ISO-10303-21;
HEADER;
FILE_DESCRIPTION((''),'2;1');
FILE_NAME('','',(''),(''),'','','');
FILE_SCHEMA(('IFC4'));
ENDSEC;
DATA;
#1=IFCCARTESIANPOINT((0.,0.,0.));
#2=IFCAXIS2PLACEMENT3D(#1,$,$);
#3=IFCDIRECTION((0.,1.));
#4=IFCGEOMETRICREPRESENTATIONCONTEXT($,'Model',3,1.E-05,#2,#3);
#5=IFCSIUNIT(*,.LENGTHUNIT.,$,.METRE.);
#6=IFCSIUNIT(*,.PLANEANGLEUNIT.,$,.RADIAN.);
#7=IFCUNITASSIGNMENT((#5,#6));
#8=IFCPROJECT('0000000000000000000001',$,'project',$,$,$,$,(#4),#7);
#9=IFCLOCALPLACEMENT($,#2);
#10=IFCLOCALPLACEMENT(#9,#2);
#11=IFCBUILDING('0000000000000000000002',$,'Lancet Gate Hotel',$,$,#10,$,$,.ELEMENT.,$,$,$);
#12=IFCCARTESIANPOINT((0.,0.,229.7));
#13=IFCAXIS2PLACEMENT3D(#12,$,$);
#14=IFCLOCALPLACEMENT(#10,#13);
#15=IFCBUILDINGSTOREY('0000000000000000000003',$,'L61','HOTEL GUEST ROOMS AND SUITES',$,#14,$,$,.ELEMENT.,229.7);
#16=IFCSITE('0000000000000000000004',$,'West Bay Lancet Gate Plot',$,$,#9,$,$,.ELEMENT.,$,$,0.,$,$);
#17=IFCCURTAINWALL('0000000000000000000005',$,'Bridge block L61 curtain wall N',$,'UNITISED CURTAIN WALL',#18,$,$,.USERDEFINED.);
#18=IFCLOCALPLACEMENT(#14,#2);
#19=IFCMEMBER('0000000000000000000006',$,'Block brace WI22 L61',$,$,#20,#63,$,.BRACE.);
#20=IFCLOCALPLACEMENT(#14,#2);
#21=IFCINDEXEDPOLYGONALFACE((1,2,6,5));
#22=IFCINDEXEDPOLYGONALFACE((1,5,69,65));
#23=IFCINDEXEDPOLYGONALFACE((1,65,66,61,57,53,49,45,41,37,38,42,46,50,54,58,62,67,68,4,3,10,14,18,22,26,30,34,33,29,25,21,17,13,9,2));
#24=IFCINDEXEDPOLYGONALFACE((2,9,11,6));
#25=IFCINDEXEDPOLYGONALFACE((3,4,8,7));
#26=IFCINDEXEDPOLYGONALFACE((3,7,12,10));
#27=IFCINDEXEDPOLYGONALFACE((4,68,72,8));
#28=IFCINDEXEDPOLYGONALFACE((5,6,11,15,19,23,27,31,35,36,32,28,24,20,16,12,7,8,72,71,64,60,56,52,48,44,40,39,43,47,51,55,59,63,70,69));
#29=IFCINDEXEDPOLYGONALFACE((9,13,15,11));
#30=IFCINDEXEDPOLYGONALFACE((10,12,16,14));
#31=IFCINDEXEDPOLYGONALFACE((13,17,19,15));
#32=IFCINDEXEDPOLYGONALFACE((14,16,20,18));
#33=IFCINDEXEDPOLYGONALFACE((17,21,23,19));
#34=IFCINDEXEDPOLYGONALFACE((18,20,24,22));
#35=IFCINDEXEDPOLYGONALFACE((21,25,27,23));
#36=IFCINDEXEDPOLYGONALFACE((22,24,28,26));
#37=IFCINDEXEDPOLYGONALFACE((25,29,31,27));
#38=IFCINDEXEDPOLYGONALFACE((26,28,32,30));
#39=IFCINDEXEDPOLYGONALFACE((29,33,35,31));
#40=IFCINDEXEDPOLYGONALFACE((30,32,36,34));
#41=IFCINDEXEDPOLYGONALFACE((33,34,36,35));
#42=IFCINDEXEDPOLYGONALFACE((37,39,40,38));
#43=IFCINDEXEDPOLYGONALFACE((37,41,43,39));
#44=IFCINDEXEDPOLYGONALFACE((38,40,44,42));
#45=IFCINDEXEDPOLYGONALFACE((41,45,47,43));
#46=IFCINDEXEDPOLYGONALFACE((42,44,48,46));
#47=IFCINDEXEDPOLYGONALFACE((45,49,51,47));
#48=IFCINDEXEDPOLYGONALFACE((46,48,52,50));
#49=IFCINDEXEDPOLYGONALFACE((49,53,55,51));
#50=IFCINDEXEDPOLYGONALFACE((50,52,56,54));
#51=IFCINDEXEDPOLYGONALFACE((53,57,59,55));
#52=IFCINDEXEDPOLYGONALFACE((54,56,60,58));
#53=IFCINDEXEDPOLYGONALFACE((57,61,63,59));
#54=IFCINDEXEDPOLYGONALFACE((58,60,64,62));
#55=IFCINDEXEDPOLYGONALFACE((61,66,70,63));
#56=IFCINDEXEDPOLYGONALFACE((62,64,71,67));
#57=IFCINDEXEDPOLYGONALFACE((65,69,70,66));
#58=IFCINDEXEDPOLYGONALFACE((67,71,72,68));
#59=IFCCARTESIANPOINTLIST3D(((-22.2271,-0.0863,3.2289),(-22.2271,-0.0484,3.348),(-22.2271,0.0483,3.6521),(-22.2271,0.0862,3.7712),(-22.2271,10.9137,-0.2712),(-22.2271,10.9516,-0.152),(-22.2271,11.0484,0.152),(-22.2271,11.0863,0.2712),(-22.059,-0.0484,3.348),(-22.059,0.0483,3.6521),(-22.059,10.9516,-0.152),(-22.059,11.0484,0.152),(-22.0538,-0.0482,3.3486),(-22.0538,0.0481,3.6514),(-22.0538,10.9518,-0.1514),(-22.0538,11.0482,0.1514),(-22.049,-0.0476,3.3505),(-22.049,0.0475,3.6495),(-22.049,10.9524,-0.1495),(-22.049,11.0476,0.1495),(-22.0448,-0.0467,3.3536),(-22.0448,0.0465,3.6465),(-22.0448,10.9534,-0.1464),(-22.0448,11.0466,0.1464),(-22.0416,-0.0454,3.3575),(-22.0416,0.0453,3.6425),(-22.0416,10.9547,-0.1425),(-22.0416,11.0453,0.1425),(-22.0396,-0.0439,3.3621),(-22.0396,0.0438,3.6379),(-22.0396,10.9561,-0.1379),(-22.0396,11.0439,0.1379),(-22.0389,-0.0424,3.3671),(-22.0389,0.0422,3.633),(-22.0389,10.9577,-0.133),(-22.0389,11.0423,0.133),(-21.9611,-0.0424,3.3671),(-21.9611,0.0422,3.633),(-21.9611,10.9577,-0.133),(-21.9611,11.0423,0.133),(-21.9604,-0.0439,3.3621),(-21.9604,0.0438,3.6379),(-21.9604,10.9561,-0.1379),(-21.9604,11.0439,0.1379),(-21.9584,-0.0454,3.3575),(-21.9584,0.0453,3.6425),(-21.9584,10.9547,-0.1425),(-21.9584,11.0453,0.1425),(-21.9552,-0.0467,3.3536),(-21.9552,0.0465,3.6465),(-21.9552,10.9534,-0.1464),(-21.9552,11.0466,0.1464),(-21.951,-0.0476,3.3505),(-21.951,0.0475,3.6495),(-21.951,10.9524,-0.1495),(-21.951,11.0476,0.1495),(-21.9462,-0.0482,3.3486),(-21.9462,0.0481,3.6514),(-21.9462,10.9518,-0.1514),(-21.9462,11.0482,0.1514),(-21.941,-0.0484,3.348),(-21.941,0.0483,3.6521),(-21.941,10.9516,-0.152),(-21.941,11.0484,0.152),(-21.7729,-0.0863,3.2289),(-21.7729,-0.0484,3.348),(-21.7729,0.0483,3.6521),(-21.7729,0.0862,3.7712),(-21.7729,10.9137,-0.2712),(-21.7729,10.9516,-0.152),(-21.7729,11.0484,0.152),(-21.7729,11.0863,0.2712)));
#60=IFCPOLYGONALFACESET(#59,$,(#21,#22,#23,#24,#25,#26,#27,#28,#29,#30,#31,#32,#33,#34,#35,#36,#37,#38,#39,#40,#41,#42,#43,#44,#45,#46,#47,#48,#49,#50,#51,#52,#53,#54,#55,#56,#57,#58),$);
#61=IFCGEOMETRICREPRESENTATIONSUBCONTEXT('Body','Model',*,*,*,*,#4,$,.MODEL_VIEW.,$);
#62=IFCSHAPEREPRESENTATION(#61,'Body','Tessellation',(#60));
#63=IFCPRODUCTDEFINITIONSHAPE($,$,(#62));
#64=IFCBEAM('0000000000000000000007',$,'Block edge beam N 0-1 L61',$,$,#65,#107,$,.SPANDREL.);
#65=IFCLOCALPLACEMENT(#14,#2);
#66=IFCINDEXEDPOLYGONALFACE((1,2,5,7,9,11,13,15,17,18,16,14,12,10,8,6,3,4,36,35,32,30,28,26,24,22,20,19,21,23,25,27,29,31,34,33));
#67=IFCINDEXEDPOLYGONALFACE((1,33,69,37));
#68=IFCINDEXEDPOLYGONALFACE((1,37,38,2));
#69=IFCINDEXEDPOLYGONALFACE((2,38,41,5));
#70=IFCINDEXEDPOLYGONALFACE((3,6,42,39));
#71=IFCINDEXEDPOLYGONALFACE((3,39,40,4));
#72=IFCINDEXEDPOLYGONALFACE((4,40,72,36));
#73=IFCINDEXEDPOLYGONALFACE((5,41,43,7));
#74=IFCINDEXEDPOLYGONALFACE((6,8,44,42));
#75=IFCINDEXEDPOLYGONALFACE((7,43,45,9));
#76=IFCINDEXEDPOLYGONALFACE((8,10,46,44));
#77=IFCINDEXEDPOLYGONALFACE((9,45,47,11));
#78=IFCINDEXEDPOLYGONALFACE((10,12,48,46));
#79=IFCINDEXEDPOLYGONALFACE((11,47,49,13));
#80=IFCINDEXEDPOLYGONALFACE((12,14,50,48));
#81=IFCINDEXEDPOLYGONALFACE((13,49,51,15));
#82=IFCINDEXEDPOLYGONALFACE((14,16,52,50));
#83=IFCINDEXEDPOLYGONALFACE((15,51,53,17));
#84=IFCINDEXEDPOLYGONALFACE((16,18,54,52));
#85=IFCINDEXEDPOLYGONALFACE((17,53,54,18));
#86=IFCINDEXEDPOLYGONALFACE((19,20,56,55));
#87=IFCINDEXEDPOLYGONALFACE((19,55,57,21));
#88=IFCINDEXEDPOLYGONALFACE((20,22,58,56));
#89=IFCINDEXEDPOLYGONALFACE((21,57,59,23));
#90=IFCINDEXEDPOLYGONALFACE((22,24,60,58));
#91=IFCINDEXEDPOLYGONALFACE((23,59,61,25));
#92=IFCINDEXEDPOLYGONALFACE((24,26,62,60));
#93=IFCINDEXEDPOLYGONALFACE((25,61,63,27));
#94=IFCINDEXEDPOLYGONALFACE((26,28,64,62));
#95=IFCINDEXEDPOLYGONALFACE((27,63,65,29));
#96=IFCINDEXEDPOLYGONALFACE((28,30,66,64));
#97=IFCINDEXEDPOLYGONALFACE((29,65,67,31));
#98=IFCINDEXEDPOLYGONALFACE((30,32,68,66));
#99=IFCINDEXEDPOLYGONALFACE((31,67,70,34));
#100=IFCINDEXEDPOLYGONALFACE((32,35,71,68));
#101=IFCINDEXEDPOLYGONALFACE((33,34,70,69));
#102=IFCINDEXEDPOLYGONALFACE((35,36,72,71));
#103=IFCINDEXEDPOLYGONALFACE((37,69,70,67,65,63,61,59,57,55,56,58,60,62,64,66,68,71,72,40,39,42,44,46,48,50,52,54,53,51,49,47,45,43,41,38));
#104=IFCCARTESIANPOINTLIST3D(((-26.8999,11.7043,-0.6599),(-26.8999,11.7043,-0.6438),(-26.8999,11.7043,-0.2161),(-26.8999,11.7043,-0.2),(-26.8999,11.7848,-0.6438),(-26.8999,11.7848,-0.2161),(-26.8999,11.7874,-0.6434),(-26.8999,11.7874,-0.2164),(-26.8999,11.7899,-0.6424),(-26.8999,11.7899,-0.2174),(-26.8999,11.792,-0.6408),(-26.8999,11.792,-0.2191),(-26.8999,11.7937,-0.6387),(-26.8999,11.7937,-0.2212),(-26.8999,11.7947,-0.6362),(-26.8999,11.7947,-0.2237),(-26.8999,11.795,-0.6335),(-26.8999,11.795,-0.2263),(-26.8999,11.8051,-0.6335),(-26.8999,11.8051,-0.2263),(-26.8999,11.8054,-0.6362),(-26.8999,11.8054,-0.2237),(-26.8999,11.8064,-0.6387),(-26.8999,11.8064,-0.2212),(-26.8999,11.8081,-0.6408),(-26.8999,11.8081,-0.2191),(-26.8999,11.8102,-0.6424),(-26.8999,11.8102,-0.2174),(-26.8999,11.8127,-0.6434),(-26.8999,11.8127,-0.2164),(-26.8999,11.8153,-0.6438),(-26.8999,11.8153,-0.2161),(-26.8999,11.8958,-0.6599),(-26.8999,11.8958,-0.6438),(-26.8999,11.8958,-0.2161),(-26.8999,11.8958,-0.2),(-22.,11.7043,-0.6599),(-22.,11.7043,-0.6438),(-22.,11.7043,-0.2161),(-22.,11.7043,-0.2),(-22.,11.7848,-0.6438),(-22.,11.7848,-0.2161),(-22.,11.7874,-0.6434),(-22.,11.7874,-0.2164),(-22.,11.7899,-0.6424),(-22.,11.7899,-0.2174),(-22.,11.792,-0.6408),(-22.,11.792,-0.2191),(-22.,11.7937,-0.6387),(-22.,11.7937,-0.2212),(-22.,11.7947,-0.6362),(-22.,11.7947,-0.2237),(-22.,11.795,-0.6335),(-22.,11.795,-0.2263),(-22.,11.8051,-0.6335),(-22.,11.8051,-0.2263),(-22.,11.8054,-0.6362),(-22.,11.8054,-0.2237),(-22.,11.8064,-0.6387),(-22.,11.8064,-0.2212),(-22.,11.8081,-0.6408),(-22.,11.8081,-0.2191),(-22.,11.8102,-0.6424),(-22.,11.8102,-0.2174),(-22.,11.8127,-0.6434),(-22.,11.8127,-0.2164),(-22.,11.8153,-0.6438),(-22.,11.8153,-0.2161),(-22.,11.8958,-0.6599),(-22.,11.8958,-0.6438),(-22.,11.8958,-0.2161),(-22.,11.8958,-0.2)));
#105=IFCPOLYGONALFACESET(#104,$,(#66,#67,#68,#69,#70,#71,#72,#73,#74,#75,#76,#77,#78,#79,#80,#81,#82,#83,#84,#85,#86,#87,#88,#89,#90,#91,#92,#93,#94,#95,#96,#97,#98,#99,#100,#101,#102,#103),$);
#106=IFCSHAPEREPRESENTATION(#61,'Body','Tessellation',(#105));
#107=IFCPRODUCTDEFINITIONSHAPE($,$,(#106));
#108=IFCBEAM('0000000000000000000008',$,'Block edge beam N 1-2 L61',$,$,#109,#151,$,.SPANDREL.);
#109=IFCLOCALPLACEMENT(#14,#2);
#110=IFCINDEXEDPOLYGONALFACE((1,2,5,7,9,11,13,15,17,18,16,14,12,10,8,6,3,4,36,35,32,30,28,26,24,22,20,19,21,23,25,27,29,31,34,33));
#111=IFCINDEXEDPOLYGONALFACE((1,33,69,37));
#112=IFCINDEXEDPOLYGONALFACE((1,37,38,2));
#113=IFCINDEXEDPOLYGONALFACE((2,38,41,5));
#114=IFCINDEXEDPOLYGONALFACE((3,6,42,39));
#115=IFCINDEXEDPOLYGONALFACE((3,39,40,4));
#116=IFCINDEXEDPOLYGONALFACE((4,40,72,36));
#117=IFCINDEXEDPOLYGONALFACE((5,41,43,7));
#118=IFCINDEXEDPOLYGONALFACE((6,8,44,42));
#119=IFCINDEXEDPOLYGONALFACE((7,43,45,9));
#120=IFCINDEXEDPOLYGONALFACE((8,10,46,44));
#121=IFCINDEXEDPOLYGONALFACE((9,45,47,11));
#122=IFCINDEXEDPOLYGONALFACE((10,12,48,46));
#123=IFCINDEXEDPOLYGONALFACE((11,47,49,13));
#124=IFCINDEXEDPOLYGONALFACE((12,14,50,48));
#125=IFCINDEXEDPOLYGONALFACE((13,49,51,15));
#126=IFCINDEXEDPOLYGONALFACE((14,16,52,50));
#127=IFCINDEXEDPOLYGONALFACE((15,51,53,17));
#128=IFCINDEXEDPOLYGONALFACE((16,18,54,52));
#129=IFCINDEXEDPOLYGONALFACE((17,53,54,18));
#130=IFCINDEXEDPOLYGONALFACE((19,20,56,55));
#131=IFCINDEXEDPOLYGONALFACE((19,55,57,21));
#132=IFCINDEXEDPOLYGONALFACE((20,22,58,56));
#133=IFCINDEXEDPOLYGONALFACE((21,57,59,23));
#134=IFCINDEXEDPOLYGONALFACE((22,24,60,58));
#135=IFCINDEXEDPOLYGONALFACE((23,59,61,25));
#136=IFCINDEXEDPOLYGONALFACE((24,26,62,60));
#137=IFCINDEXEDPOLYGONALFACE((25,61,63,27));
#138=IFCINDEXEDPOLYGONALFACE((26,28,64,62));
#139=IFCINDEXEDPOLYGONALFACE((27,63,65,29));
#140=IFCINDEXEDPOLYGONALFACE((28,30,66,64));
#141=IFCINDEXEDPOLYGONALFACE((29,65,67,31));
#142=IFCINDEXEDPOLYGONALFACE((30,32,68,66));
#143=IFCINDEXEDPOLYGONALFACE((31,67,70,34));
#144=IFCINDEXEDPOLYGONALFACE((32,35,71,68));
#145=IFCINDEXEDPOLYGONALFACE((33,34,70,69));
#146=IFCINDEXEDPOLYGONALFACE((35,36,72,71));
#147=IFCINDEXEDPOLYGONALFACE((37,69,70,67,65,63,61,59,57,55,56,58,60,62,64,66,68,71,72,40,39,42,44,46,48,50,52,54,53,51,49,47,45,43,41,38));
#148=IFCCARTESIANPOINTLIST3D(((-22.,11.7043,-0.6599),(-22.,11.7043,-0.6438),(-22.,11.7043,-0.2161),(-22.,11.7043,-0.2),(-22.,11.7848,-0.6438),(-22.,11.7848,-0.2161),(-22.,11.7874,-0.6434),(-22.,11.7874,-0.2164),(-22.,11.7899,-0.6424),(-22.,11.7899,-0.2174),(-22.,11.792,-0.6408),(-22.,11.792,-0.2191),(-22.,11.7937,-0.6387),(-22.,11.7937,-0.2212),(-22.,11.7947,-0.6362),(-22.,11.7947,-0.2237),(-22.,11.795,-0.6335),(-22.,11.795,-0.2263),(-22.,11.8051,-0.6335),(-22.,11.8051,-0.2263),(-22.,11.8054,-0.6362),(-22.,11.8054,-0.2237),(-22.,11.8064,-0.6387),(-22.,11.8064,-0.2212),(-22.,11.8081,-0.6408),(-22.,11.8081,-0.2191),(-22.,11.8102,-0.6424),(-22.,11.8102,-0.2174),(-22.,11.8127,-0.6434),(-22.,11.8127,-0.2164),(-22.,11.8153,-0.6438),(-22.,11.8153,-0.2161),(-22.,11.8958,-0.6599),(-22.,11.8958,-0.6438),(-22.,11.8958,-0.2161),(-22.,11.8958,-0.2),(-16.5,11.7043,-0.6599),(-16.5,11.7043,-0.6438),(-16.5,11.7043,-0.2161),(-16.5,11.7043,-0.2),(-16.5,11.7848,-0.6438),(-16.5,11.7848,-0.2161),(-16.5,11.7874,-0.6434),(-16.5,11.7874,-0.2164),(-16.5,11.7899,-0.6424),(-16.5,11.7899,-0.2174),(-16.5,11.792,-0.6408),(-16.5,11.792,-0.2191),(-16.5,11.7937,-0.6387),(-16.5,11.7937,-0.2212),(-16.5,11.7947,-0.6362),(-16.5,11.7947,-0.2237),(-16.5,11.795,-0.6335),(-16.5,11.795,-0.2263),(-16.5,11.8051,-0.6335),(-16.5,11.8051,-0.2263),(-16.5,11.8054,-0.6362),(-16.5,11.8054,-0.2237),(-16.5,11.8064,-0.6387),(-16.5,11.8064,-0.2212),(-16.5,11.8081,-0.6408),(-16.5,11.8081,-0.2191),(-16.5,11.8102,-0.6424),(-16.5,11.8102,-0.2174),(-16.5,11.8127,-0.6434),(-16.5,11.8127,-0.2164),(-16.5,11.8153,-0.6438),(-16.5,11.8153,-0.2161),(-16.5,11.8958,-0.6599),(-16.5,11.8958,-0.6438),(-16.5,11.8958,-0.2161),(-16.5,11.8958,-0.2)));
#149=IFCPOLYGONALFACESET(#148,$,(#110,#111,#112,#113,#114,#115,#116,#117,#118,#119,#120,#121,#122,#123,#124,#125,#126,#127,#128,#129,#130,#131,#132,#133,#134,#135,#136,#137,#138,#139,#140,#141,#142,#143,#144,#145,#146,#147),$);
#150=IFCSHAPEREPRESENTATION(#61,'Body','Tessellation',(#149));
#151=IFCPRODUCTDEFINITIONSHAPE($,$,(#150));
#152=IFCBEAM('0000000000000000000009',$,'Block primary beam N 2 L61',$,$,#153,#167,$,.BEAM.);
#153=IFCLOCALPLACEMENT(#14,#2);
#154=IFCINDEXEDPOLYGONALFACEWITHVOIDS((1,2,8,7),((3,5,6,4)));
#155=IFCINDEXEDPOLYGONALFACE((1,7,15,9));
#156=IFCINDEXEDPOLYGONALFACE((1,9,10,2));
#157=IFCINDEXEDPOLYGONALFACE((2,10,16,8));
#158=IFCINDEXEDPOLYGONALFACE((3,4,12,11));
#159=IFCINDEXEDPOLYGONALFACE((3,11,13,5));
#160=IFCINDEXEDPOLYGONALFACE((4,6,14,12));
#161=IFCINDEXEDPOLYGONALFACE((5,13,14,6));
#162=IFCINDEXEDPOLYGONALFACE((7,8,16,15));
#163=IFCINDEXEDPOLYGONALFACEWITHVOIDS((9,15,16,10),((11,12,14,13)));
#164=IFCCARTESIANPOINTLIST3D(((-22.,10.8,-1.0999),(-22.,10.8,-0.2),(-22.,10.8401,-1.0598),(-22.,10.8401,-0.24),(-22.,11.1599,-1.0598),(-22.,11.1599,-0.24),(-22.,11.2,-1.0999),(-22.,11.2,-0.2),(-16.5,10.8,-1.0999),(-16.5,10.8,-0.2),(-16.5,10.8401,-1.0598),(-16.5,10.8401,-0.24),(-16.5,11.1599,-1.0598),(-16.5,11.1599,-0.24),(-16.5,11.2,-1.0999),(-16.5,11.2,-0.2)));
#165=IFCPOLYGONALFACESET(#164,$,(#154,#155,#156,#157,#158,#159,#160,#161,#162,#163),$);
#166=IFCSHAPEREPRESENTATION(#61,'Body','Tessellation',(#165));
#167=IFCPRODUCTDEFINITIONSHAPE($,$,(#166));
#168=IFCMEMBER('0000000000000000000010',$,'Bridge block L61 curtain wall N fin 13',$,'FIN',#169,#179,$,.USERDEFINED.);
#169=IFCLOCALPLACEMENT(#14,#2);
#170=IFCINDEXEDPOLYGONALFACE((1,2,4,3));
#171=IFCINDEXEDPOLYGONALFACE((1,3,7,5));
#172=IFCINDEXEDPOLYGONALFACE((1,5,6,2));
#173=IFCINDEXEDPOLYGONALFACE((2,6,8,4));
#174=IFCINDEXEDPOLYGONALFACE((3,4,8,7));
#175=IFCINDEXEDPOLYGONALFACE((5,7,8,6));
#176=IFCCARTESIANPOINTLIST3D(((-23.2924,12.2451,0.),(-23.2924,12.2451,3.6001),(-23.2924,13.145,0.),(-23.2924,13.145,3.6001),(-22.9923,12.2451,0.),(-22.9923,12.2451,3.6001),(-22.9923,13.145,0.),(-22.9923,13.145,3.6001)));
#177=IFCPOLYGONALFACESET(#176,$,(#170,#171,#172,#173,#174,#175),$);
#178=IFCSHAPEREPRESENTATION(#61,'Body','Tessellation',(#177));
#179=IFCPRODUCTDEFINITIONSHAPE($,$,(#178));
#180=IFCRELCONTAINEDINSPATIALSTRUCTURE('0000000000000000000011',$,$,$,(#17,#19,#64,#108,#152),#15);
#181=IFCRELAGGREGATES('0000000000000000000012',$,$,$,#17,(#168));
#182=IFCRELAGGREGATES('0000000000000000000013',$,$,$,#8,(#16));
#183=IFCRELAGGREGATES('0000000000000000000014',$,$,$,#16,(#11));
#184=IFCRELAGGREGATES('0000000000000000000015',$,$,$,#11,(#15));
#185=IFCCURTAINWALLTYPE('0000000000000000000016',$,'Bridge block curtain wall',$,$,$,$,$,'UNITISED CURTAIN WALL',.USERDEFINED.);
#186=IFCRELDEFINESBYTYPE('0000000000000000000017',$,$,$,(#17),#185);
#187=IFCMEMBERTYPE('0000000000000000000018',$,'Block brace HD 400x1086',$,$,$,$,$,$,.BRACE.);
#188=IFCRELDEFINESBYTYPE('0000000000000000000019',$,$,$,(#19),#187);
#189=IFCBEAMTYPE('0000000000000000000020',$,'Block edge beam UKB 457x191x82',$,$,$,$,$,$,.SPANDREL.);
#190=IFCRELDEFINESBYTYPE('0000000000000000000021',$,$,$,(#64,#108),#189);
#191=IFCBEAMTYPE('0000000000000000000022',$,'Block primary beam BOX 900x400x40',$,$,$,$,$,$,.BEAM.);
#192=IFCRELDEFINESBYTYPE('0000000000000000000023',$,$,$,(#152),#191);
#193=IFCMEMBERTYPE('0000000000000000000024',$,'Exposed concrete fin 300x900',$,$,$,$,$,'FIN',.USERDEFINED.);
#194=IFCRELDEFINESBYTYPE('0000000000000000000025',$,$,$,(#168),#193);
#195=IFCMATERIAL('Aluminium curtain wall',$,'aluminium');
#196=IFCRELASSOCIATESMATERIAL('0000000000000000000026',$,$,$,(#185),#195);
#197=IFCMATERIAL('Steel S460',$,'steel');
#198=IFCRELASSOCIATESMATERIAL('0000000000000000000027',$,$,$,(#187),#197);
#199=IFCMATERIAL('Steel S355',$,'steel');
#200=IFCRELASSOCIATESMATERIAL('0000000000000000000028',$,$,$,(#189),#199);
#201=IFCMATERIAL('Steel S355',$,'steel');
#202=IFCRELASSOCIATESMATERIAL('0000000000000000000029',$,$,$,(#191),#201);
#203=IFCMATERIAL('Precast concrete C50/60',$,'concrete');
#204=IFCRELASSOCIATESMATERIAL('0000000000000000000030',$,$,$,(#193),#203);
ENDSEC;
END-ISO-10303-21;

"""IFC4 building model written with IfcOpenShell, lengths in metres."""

from ifc_helpers import new_model, si_unit, direction, frame, origin, origin_2d, place, context, subcontext, project, spatial, rectangle, hollow_rectangle, i_section, extrude, material, material_profile, profile_set, type_object, element, aggregate, save


model = new_model("IFC4")

# Units and contexts
model_context = context("Model", 3, precision=1e-05, world=origin(), true_north=direction((0.0, 1.0)))
body_context = subcontext(model_context, "Body", "Model", "MODEL_VIEW")
ifc_project = project(units=[si_unit("LENGTHUNIT", "METRE"), si_unit("PLANEANGLEUNIT", "RADIAN")], contexts=[model_context])

# Site, building, storey
site_placement = place(None, origin())
site = spatial("IfcSite", under=ifc_project, at=site_placement, Name="West Bay Lancet Gate Plot", CompositionType="ELEMENT", RefElevation=0.0)
building_placement = place(site_placement, origin())
building = spatial("IfcBuilding", under=site, at=building_placement, Name="Lancet Gate Hotel", CompositionType="ELEMENT")
storey_placement = place(building_placement, frame((0.0, 0.0, 229.7)))
storey = spatial("IfcBuildingStorey", under=building, at=storey_placement, Name="L61", Description="HOTEL GUEST ROOMS AND SUITES", CompositionType="ELEMENT", Elevation=229.7)

# Curtain wall
ifc_material_1 = material(Name="Aluminium curtain wall", Category="aluminium")
curtain_wall_type_1 = type_object("IfcCurtainWallType", Name="Bridge block curtain wall", ElementType="UNITISED CURTAIN WALL", PredefinedType="USERDEFINED", material=ifc_material_1)
curtain_wall_1_placement = place(storey_placement, origin())
curtain_wall_1 = element("IfcCurtainWall", 1, at=curtain_wall_1_placement, inside=storey, type_object=curtain_wall_type_1, Name="Bridge block L61 curtain wall N", ObjectType="UNITISED CURTAIN WALL", PredefinedType="USERDEFINED")

# Member
ifc_material_2 = material(Name="Steel S460", Category="steel")
ifc_material_profile_1 = material_profile(ifc_material_2, i_section(OverallWidth=0.4541, OverallDepth=0.5691, WebThickness=0.0779, FlangeThickness=0.125, FilletRadius=0.02, at=origin_2d()), Name="HD 400x1086")
ifc_profile_set_1 = profile_set([ifc_material_profile_1], Name="Steel S460")
member_type_1 = type_object("IfcMemberType", Name="Block brace HD 400x1086", PredefinedType="BRACE", material=ifc_profile_set_1)
member_1_placement = place(storey_placement, frame((-22.0, 11.0, 0.0), z_axis=(0.0, -0.952926, 0.303204), x_axis=(1.0, 0.0, 0.0)))
element("IfcMember", 2, at=member_1_placement, inside=storey, type_object=member_type_1, Name="Block brace WI22 L61", PredefinedType="BRACE", context=body_context, shape_type="SweptSolid", body=[
    extrude(i_section(OverallWidth=0.4541, OverallDepth=0.5691, WebThickness=0.0779, FlangeThickness=0.125, FilletRadius=0.02, at=origin_2d()), origin(), (0.0, 0.0, 1.0), 11.5435),
])

# Beams
ifc_material_3 = material(Name="Steel S355", Category="steel")
ifc_material_profile_2 = material_profile(ifc_material_3, i_section(OverallWidth=0.1914, OverallDepth=0.46, WebThickness=0.01, FlangeThickness=0.0161, FilletRadius=0.0103, at=origin_2d()), Name="UKB 457x191x82")
ifc_profile_set_2 = profile_set([ifc_material_profile_2], Name="Steel S355")
beam_type_1 = type_object("IfcBeamType", Name="Block edge beam UKB 457x191x82", PredefinedType="SPANDREL", material=ifc_profile_set_2)
beam_1_placement = place(storey_placement, frame((-26.8999, 11.8, -0.4299), z_axis=(1.0, 0.0, 0.0), x_axis=(0.0, 1.0, 0.0)))
element("IfcBeam", 3, at=beam_1_placement, inside=storey, type_object=beam_type_1, Name="Block edge beam N 0-1 L61", PredefinedType="SPANDREL", context=body_context, shape_type="SweptSolid", body=[
    extrude(i_section(OverallWidth=0.1914, OverallDepth=0.46, WebThickness=0.01, FlangeThickness=0.0161, FilletRadius=0.0103, at=origin_2d()), origin(), (0.0, 0.0, 1.0), 4.8999),
])
beam_2_placement = place(storey_placement, frame((-22.0, 11.8, -0.4299), z_axis=(1.0, 0.0, 0.0), x_axis=(0.0, 1.0, 0.0)))
element("IfcBeam", 4, at=beam_2_placement, inside=storey, type_object=beam_type_1, Name="Block edge beam N 1-2 L61", PredefinedType="SPANDREL", context=body_context, shape_type="SweptSolid", body=[
    extrude(i_section(OverallWidth=0.1914, OverallDepth=0.46, WebThickness=0.01, FlangeThickness=0.0161, FilletRadius=0.0103, at=origin_2d()), origin(), (0.0, 0.0, 1.0), 5.5),
])
ifc_material_4 = material(Name="Steel S355", Category="steel")
ifc_material_profile_3 = material_profile(ifc_material_4, hollow_rectangle(XDim=0.3999, YDim=0.8999, WallThickness=0.04, at=origin_2d()), Name="BOX 900x400x40")
ifc_profile_set_3 = profile_set([ifc_material_profile_3], Name="Steel S355")
beam_type_2 = type_object("IfcBeamType", Name="Block primary beam BOX 900x400x40", PredefinedType="BEAM", material=ifc_profile_set_3)
beam_3_placement = place(storey_placement, frame((-22.0, 11.0, -0.6499), z_axis=(1.0, 0.0, 0.0), x_axis=(0.0, 1.0, 0.0)))
element("IfcBeam", 5, at=beam_3_placement, inside=storey, type_object=beam_type_2, Name="Block primary beam N 2 L61", PredefinedType="BEAM", context=body_context, shape_type="SweptSolid", body=[
    extrude(hollow_rectangle(XDim=0.3999, YDim=0.8999, WallThickness=0.04, at=origin_2d()), origin(), (0.0, 0.0, 1.0), 5.5),
])

# Member
ifc_material_5 = material(Name="Precast concrete C50/60", Category="concrete")
ifc_material_profile_4 = material_profile(ifc_material_5, rectangle(XDim=0.3, YDim=0.8999, at=origin_2d()), Name="FIN 300x900")
ifc_profile_set_4 = profile_set([ifc_material_profile_4], Name="Precast concrete C50/60")
member_type_2 = type_object("IfcMemberType", Name="Exposed concrete fin 300x900", ElementType="FIN", PredefinedType="USERDEFINED", material=ifc_profile_set_4)
member_2_placement = place(storey_placement, frame((-23.1423, 12.6951, 0.0), z_axis=(0.0, 0.0, 1.0), x_axis=(-1.0, 0.0, 0.0)))
member_2 = element("IfcMember", 6, at=member_2_placement, type_object=member_type_2, Name="Bridge block L61 curtain wall N fin 13", ObjectType="FIN", PredefinedType="USERDEFINED", context=body_context, shape_type="SweptSolid", body=[
    extrude(rectangle(XDim=0.3, YDim=0.8999, at=origin_2d()), origin(), (0.0, 0.0, 1.0), 3.6001),
])

aggregate(curtain_wall_1, [member_2])

save(model, "model.ifc")
